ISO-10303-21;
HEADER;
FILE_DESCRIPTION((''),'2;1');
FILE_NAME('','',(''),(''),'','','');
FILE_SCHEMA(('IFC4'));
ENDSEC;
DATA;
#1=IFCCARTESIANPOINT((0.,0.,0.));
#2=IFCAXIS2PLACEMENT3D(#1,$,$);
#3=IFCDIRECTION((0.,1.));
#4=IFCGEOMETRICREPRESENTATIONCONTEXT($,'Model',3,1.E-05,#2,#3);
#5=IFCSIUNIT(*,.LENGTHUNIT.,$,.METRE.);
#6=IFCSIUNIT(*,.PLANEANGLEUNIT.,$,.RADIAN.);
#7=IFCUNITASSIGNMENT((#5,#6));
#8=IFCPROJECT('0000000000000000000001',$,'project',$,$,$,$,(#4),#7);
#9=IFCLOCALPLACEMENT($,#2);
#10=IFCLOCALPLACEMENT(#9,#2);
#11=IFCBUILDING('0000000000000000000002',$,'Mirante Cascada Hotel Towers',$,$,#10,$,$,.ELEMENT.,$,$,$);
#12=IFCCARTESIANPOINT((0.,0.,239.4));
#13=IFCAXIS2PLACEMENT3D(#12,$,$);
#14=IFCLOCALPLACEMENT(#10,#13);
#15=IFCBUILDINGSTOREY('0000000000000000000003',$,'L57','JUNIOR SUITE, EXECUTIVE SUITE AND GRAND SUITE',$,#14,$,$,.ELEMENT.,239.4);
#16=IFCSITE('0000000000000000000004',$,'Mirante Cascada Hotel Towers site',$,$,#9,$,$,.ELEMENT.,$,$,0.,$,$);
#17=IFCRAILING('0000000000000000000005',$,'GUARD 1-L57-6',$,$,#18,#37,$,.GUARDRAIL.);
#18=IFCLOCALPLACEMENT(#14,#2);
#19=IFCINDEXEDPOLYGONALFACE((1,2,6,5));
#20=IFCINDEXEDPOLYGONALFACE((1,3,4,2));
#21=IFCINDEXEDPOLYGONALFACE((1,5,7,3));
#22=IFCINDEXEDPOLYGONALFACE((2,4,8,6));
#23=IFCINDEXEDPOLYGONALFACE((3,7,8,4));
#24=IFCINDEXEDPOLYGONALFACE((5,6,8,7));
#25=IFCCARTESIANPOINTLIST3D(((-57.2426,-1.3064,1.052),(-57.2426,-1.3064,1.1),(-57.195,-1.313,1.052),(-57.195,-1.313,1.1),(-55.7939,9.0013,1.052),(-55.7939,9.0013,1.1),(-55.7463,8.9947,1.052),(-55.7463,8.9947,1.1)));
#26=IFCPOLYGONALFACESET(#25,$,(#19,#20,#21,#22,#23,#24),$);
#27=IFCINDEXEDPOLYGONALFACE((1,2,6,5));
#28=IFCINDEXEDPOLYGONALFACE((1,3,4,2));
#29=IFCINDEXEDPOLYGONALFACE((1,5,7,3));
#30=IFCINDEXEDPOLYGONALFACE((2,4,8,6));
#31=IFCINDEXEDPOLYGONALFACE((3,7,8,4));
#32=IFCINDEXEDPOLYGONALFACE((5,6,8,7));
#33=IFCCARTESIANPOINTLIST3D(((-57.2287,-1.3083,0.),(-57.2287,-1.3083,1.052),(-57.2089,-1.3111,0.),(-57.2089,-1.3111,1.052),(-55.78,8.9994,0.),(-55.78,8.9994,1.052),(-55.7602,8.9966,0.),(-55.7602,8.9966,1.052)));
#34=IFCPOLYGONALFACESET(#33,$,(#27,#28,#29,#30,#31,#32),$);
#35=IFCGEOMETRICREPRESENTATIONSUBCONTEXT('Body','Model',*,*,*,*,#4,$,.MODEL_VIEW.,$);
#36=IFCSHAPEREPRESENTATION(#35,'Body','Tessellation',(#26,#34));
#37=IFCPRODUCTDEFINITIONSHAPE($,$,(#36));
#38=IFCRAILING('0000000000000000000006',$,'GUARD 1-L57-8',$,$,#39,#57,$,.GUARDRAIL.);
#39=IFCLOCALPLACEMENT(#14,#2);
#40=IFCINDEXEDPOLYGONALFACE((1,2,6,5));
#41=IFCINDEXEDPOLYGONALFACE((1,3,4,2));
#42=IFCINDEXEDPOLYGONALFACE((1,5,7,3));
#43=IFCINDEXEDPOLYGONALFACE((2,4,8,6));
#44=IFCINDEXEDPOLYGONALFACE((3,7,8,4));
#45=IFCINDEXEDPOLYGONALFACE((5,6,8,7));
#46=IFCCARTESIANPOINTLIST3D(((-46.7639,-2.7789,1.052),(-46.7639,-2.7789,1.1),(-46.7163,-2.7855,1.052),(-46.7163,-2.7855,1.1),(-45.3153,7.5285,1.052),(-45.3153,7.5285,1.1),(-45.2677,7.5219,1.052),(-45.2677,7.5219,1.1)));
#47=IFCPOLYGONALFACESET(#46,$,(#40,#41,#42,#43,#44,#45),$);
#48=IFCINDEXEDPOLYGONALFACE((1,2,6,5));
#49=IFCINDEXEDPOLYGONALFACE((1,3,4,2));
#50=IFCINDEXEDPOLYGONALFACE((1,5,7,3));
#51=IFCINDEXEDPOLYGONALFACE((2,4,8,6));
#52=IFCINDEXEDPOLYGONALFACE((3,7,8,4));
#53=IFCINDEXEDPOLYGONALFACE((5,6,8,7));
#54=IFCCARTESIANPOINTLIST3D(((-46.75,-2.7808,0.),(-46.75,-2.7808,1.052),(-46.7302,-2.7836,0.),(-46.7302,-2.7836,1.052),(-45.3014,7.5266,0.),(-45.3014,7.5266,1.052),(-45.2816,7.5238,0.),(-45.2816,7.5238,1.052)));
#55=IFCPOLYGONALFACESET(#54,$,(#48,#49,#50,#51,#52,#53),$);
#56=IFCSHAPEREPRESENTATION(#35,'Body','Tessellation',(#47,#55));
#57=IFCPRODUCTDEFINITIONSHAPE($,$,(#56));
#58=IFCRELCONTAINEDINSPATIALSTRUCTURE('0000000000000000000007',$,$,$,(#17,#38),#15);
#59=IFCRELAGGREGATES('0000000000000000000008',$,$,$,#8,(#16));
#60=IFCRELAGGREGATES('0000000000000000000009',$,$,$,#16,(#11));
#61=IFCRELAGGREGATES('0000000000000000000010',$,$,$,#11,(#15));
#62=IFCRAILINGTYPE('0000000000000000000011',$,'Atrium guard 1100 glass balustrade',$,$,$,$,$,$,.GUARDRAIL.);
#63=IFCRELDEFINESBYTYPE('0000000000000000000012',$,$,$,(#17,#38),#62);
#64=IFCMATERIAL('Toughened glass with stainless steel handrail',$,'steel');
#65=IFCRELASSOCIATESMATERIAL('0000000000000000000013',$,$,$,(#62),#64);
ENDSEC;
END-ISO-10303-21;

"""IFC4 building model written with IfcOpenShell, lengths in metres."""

from ifc_helpers import new_model, si_unit, direction, frame, origin, origin_2d, place, context, subcontext, project, spatial, rectangle, extrude, material, type_object, element, save


model = new_model("IFC4")

# Units and contexts
model_context = context("Model", 3, precision=1e-05, world=origin(), true_north=direction((0.0, 1.0)))
body_context = subcontext(model_context, "Body", "Model", "MODEL_VIEW")
ifc_project = project(units=[si_unit("LENGTHUNIT", "METRE"), si_unit("PLANEANGLEUNIT", "RADIAN")], contexts=[model_context])

# Site, building, storey
site_placement = place(None, origin())
site = spatial("IfcSite", under=ifc_project, at=site_placement, Name="Mirante Cascada Hotel Towers site", CompositionType="ELEMENT", RefElevation=0.0)
building_placement = place(site_placement, origin())
building = spatial("IfcBuilding", under=site, at=building_placement, Name="Mirante Cascada Hotel Towers", CompositionType="ELEMENT")
storey_placement = place(building_placement, frame((0.0, 0.0, 239.4)))
storey = spatial("IfcBuildingStorey", under=building, at=storey_placement, Name="L57", Description="JUNIOR SUITE, EXECUTIVE SUITE AND GRAND SUITE", CompositionType="ELEMENT", Elevation=239.4)

# Railings
ifc_material_1 = material(Name="Toughened glass with stainless steel handrail", Category="steel")
railing_type = type_object("IfcRailingType", Name="Atrium guard 1100 glass balustrade", PredefinedType="GUARDRAIL", material=ifc_material_1)
railing_1_placement = place(storey_placement, frame((-55.7701, 8.998, 0.0)))
element("IfcRailing", 1, at=railing_1_placement, inside=storey, type_object=railing_type, Name="GUARD 1-L57-6", PredefinedType="GUARDRAIL", context=body_context, shape_type="SweptSolid", body=[
    extrude(rectangle(XDim=0.048, YDim=0.048, at=origin_2d()), frame((0.0, 0.0, 1.076), z_axis=(-0.139178, -0.990267, 0.0), x_axis=(0.990267, -0.139178, 0.0)), (0.0, 0.0, 1.0), 10.409),
    extrude(rectangle(XDim=0.02, YDim=1.052, at=origin_2d()), frame((0.0, 0.0, 0.526), z_axis=(-0.139178, -0.990267, 0.0), x_axis=(0.990267, -0.139178, 0.0)), (0.0, 0.0, 1.0), 10.409),
])
railing_2_placement = place(storey_placement, frame((-45.2915, 7.5252, 0.0)))
element("IfcRailing", 2, at=railing_2_placement, inside=storey, type_object=railing_type, Name="GUARD 1-L57-8", PredefinedType="GUARDRAIL", context=body_context, shape_type="SweptSolid", body=[
    extrude(rectangle(XDim=0.048, YDim=0.048, at=origin_2d()), frame((0.0, 0.0, 1.076), z_axis=(-0.139172, -0.990268, 0.0), x_axis=(0.990268, -0.139172, 0.0)), (0.0, 0.0, 1.0), 10.4087),
    extrude(rectangle(XDim=0.02, YDim=1.052, at=origin_2d()), frame((0.0, 0.0, 0.526), z_axis=(-0.139172, -0.990268, 0.0), x_axis=(0.990268, -0.139172, 0.0)), (0.0, 0.0, 1.0), 10.4087),
])

save(model, "model.ifc")
